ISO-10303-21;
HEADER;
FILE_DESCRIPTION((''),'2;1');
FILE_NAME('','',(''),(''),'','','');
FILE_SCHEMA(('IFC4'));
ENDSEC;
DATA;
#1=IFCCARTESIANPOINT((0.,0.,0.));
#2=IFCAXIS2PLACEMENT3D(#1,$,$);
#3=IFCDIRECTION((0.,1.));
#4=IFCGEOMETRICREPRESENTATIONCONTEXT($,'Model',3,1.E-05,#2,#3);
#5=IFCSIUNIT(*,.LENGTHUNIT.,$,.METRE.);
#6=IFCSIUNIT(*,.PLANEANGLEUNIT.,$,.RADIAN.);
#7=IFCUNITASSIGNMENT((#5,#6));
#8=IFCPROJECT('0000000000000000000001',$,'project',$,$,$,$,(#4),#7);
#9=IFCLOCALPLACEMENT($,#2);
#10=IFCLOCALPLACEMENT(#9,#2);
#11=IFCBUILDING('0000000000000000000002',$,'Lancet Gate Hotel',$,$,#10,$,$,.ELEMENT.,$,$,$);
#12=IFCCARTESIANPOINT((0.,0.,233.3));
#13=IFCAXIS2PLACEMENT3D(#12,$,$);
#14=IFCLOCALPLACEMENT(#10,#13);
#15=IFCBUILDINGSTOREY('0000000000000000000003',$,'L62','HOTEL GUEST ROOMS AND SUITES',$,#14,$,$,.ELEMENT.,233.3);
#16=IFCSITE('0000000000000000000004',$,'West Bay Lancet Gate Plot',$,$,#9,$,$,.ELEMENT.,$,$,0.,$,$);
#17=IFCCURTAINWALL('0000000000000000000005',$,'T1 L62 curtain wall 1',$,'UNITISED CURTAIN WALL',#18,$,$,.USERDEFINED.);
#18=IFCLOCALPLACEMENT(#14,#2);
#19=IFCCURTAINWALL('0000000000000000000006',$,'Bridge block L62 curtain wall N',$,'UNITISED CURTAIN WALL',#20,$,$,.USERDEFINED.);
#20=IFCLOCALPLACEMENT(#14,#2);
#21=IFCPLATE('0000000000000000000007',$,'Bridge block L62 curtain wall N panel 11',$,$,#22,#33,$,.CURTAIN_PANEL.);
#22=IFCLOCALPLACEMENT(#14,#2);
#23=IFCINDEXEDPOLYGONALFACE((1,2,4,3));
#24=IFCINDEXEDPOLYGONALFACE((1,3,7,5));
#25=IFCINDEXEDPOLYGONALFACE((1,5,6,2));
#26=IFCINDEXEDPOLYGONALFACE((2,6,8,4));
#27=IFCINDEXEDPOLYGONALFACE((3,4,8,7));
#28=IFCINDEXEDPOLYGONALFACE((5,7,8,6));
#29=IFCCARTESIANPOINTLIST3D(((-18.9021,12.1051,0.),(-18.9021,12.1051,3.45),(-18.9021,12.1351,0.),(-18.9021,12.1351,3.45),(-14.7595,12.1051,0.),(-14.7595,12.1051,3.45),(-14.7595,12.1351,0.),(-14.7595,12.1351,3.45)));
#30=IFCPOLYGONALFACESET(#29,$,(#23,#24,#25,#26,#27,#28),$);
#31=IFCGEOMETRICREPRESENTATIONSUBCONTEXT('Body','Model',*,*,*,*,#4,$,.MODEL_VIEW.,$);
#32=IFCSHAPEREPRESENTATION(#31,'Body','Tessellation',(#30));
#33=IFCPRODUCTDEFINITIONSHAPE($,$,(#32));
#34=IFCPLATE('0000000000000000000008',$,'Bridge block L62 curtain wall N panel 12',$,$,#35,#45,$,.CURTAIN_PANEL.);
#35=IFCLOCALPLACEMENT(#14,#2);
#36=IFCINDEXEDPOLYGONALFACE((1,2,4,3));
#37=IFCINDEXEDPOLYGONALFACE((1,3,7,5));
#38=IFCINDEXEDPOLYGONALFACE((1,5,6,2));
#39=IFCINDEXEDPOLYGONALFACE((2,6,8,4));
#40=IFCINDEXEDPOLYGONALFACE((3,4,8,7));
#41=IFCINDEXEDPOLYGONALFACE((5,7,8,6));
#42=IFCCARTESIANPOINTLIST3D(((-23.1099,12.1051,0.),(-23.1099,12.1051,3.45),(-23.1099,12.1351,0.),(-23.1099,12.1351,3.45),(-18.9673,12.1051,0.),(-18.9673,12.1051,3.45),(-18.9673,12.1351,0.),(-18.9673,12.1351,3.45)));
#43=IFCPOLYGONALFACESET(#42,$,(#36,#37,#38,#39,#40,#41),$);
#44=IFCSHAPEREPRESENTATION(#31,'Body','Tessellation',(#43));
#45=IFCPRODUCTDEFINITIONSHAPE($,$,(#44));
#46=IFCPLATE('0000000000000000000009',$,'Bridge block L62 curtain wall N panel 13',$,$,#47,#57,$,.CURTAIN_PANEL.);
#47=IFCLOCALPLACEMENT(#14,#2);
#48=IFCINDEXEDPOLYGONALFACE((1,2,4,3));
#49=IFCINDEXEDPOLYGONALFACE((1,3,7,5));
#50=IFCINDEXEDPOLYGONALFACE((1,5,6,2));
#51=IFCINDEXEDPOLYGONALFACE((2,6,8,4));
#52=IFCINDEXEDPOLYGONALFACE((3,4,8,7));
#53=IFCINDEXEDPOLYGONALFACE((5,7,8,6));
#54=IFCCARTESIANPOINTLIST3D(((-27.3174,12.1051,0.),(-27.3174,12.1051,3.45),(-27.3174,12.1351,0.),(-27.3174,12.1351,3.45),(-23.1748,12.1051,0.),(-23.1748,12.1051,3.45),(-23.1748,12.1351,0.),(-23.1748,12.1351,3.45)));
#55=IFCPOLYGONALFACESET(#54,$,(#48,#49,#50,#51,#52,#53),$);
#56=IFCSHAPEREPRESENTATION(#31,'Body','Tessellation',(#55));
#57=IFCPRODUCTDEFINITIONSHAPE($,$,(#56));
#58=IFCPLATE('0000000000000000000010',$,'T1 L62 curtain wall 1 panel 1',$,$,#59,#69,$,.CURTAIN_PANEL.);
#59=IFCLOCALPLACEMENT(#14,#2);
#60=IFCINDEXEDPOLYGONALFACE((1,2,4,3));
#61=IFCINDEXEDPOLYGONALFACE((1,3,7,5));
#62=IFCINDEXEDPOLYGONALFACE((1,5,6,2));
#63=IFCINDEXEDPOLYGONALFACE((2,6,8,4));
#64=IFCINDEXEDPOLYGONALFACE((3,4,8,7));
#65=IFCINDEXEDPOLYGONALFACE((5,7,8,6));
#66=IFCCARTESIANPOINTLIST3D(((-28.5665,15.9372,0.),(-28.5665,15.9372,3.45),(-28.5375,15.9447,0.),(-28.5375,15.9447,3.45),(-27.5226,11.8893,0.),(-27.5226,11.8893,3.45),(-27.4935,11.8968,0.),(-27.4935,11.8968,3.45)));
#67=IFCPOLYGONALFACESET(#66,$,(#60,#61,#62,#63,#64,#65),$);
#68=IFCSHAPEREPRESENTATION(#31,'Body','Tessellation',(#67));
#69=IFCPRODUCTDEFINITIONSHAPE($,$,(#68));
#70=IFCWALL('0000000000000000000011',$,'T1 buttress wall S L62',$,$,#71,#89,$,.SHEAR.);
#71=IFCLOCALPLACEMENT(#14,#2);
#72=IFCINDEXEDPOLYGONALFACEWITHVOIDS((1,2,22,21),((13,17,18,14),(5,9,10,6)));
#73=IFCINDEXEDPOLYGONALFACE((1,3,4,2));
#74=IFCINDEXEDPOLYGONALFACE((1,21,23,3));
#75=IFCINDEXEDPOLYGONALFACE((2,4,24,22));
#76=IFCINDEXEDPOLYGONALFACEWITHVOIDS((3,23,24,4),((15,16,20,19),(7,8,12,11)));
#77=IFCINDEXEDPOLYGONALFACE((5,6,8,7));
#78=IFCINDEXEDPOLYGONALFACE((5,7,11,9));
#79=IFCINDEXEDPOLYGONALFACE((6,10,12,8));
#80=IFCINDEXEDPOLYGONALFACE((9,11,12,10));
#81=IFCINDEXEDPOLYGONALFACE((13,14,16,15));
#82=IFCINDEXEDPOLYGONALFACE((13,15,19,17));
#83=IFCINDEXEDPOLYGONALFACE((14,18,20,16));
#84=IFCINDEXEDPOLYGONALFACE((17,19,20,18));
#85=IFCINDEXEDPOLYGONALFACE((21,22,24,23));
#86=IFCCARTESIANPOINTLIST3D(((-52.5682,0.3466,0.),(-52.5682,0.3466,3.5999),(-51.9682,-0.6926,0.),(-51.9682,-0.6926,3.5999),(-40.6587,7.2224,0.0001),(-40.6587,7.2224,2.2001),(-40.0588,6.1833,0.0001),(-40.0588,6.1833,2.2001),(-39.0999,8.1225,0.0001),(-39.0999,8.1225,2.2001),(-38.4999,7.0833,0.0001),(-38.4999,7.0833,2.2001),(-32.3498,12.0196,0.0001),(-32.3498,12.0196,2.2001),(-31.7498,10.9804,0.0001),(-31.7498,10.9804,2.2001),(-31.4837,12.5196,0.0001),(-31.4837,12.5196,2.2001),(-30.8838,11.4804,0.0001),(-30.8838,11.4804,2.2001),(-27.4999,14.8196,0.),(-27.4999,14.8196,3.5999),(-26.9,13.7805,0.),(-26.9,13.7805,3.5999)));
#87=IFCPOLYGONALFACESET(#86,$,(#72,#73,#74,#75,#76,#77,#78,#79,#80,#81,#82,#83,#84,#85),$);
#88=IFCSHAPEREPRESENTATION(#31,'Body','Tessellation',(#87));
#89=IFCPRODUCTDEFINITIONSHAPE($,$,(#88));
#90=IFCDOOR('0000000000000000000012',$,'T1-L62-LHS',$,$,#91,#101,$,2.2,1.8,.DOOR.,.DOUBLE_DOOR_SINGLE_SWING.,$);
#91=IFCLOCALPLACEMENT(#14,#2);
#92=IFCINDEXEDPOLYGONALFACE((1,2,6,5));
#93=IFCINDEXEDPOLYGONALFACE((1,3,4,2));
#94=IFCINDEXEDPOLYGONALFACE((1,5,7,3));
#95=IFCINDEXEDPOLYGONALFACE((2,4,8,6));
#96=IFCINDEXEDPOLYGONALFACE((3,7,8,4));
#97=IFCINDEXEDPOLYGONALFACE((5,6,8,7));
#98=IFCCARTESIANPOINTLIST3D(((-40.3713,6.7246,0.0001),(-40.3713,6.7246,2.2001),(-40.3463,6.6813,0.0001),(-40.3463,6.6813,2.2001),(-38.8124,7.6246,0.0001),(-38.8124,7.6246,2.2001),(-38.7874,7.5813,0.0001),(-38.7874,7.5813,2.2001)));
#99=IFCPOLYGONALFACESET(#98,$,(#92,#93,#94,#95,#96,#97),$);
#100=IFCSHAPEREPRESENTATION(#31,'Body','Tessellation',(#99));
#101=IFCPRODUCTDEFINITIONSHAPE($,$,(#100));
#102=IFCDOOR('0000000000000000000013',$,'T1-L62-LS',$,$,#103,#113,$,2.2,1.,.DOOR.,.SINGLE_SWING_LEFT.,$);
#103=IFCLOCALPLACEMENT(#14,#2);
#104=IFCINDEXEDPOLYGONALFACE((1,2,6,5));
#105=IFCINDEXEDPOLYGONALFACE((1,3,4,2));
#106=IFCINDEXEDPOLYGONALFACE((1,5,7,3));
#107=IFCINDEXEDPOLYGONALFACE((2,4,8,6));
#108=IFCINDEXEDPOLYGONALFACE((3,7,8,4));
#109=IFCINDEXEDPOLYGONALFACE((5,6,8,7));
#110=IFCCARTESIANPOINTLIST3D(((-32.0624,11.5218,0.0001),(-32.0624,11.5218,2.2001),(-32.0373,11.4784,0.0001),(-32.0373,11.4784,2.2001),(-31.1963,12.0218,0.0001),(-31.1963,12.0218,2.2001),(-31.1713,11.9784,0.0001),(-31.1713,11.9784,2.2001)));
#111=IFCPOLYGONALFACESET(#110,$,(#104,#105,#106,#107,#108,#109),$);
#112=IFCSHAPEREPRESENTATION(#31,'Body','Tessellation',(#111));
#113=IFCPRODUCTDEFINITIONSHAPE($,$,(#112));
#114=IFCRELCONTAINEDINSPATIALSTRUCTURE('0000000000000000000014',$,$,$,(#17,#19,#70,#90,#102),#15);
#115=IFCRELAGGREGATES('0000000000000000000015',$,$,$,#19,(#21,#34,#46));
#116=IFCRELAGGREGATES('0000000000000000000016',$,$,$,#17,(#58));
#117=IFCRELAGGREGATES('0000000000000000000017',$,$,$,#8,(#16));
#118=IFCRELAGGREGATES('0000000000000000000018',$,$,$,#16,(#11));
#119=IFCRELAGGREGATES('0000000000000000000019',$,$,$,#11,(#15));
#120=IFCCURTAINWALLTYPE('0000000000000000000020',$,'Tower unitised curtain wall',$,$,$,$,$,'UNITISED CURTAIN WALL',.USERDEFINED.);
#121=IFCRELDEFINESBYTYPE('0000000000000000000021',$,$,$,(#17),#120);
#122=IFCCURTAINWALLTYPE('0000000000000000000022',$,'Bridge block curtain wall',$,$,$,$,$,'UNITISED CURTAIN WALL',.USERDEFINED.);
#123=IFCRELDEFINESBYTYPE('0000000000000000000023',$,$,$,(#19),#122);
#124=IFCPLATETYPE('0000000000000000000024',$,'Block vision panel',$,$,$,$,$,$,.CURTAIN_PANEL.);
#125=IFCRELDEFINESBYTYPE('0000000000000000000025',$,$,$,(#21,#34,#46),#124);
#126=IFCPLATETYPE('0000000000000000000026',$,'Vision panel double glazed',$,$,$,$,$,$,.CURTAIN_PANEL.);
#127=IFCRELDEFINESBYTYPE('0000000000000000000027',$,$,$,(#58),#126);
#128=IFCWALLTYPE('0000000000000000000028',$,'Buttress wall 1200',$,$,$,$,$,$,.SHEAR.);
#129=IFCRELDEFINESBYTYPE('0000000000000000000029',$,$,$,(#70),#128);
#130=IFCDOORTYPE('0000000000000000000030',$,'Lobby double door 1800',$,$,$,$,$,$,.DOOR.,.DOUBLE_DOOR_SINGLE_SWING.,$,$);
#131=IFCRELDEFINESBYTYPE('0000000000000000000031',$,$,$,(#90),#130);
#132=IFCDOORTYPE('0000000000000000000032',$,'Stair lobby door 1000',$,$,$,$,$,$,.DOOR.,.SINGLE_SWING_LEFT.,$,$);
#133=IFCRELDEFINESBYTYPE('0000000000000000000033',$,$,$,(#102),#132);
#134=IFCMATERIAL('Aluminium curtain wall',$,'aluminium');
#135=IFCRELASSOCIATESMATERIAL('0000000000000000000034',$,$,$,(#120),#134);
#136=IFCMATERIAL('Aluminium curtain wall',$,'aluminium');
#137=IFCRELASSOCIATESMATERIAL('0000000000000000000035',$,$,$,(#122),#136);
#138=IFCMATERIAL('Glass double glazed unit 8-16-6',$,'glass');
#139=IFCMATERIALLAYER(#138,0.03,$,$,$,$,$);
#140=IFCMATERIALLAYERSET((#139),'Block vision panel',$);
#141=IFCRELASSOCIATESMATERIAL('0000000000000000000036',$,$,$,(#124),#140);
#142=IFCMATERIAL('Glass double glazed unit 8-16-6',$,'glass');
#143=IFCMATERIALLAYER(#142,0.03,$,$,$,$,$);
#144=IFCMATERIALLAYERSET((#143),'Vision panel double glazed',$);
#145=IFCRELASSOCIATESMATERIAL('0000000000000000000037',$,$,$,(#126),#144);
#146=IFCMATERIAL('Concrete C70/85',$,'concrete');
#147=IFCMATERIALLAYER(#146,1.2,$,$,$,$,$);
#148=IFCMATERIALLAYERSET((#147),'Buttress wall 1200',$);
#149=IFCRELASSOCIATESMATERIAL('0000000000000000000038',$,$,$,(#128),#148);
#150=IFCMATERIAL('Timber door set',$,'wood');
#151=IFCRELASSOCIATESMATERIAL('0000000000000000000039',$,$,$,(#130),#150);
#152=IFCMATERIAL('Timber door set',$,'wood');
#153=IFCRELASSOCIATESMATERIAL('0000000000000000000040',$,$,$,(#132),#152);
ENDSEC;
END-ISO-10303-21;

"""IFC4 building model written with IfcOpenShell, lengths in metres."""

from ifc_helpers import new_model, si_unit, direction, frame, frame_2d, origin, origin_2d, place, context, subcontext, project, spatial, rectangle, extrude, material, layer, layer_set, type_object, element, fill, aggregate, save


model = new_model("IFC4")

# Units and contexts
model_context = context("Model", 3, precision=1e-05, world=origin(), true_north=direction((0.0, 1.0)))
body_context = subcontext(model_context, "Body", "Model", "MODEL_VIEW")
ifc_project = project(units=[si_unit("LENGTHUNIT", "METRE"), si_unit("PLANEANGLEUNIT", "RADIAN")], contexts=[model_context])

# Site, building, storey
site_placement = place(None, origin())
site = spatial("IfcSite", under=ifc_project, at=site_placement, Name="West Bay Lancet Gate Plot", CompositionType="ELEMENT", RefElevation=0.0)
building_placement = place(site_placement, origin())
building = spatial("IfcBuilding", under=site, at=building_placement, Name="Lancet Gate Hotel", CompositionType="ELEMENT")
storey_placement = place(building_placement, frame((0.0, 0.0, 233.3)))
storey = spatial("IfcBuildingStorey", under=building, at=storey_placement, Name="L62", Description="HOTEL GUEST ROOMS AND SUITES", CompositionType="ELEMENT", Elevation=233.3)

# Curtain walls
ifc_material_1 = material(Name="Aluminium curtain wall", Category="aluminium")
curtain_wall_type_1 = type_object("IfcCurtainWallType", Name="Tower unitised curtain wall", ElementType="UNITISED CURTAIN WALL", PredefinedType="USERDEFINED", material=ifc_material_1)
curtain_wall_1_placement = place(storey_placement, origin())
curtain_wall_1 = element("IfcCurtainWall", 1, at=curtain_wall_1_placement, inside=storey, type_object=curtain_wall_type_1, Name="T1 L62 curtain wall 1", ObjectType="UNITISED CURTAIN WALL", PredefinedType="USERDEFINED")
ifc_material_2 = material(Name="Aluminium curtain wall", Category="aluminium")
curtain_wall_type_2 = type_object("IfcCurtainWallType", Name="Bridge block curtain wall", ElementType="UNITISED CURTAIN WALL", PredefinedType="USERDEFINED", material=ifc_material_2)
curtain_wall_2_placement = place(storey_placement, origin())
curtain_wall_2 = element("IfcCurtainWall", 2, at=curtain_wall_2_placement, inside=storey, type_object=curtain_wall_type_2, Name="Bridge block L62 curtain wall N", ObjectType="UNITISED CURTAIN WALL", PredefinedType="USERDEFINED")

# Plates
ifc_material_3 = material(Name="Glass double glazed unit 8-16-6", Category="glass")
ifc_layer_1 = layer(ifc_material_3, 0.03)
ifc_layer_set_1 = layer_set([ifc_layer_1], Name="Block vision panel")
plate_type_1 = type_object("IfcPlateType", Name="Block vision panel", PredefinedType="CURTAIN_PANEL", material=ifc_layer_set_1)
plate_1_placement = place(storey_placement, frame((-16.8308, 12.1201, 0.0), z_axis=(0.0, 0.0, 1.0), x_axis=(-1.0, 0.0, 0.0)))
plate_1 = element("IfcPlate", 3, at=plate_1_placement, type_object=plate_type_1, Name="Bridge block L62 curtain wall N panel 11", PredefinedType="CURTAIN_PANEL", context=body_context, shape_type="SweptSolid", body=[
    extrude(rectangle(XDim=4.1426, YDim=0.03, at=origin_2d()), origin(), (0.0, 0.0, 1.0), 3.45),
])
plate_2_placement = place(storey_placement, frame((-21.0386, 12.1201, 0.0), z_axis=(0.0, 0.0, 1.0), x_axis=(-1.0, 0.0, 0.0)))
plate_2 = element("IfcPlate", 4, at=plate_2_placement, type_object=plate_type_1, Name="Bridge block L62 curtain wall N panel 12", PredefinedType="CURTAIN_PANEL", context=body_context, shape_type="SweptSolid", body=[
    extrude(rectangle(XDim=4.1426, YDim=0.03, at=origin_2d()), origin(), (0.0, 0.0, 1.0), 3.45),
])
plate_3_placement = place(storey_placement, frame((-25.2461, 12.1201, 0.0), z_axis=(0.0, 0.0, 1.0), x_axis=(-1.0, 0.0, 0.0)))
plate_3 = element("IfcPlate", 5, at=plate_3_placement, type_object=plate_type_1, Name="Bridge block L62 curtain wall N panel 13", PredefinedType="CURTAIN_PANEL", context=body_context, shape_type="SweptSolid", body=[
    extrude(rectangle(XDim=4.1426, YDim=0.03, at=origin_2d()), origin(), (0.0, 0.0, 1.0), 3.45),
])
aggregate(curtain_wall_2, [plate_1, plate_2, plate_3])
ifc_material_4 = material(Name="Glass double glazed unit 8-16-6", Category="glass")
ifc_layer_2 = layer(ifc_material_4, 0.03)
ifc_layer_set_2 = layer_set([ifc_layer_2], Name="Vision panel double glazed")
plate_type_2 = type_object("IfcPlateType", Name="Vision panel double glazed", PredefinedType="CURTAIN_PANEL", material=ifc_layer_set_2)
plate_4_placement = place(storey_placement, frame((-28.03, 13.917, 0.0), z_axis=(0.0, 0.0, 1.0), x_axis=(-0.249726, 0.968317, 0.0)))
plate_4 = element("IfcPlate", 6, at=plate_4_placement, type_object=plate_type_2, Name="T1 L62 curtain wall 1 panel 1", PredefinedType="CURTAIN_PANEL", context=body_context, shape_type="SweptSolid", body=[
    extrude(rectangle(XDim=4.1804, YDim=0.03, at=origin_2d()), origin(), (0.0, 0.0, 1.0), 3.45),
])
aggregate(curtain_wall_1, [plate_4])

# Wall, openings, doors
ifc_material_5 = material(Name="Concrete C70/85", Category="concrete")
ifc_layer_3 = layer(ifc_material_5, 1.2)
ifc_layer_set_3 = layer_set([ifc_layer_3], Name="Buttress wall 1200")
wall_type_1 = type_object("IfcWallType", Name="Buttress wall 1200", PredefinedType="SHEAR", material=ifc_layer_set_3)
wall_1_placement = place(storey_placement, frame((-27.2, 14.3, 0.0), z_axis=(0.0, 0.0, 1.0), x_axis=(-0.866027, -0.499998, 0.0)))
wall_1 = element("IfcWall", 7, at=wall_1_placement, inside=storey, type_object=wall_type_1, Name="T1 buttress wall S L62", PredefinedType="SHEAR", context=body_context, shape_type="SweptSolid", body=[
    extrude(rectangle(XDim=28.9463, YDim=1.2, at=frame_2d((14.4731, 0.0))), origin(), (0.0, 0.0, 1.0), 3.5999),
])
opening_1_placement = place(wall_1_placement, frame((4.6001, 0.0, 0.0)))
opening_1 = element("IfcOpeningElement", 8, at=opening_1_placement, cuts=wall_1, PredefinedType="OPENING", context=body_context, shape_type="SweptSolid", body=[
    extrude(rectangle(XDim=1.0, YDim=2.2, at=frame_2d((0.5, 1.1001))), frame((0.0, 0.6099, 0.0), z_axis=(0.0, -1.0, 0.0), x_axis=(1.0, 0.0, 0.0)), (0.0, 0.0, 1.0), 1.22),
])
opening_2_placement = place(wall_1_placement, frame((13.3945, 0.0, 0.0)))
opening_2 = element("IfcOpeningElement", 9, at=opening_2_placement, cuts=wall_1, PredefinedType="OPENING", context=body_context, shape_type="SweptSolid", body=[
    extrude(rectangle(XDim=1.8, YDim=2.2, at=frame_2d((0.8999, 1.1001))), frame((0.0, 0.6099, 0.0), z_axis=(0.0, -1.0, 0.0), x_axis=(1.0, 0.0, 0.0)), (0.0, 0.0, 1.0), 1.22),
])
ifc_material_6 = material(Name="Timber door set", Category="wood")
door_type_1 = type_object("IfcDoorType", Name="Lobby double door 1800", OperationType="DOUBLE_DOOR_SINGLE_SWING", PredefinedType="DOOR", material=ifc_material_6)
door_1_placement = place(opening_2_placement, origin())
door_1 = element("IfcDoor", 10, at=door_1_placement, inside=storey, type_object=door_type_1, Name="T1-L62-LHS", OperationType="DOUBLE_DOOR_SINGLE_SWING", OverallHeight=2.2, OverallWidth=1.8, PredefinedType="DOOR", context=body_context, shape_type="SweptSolid", body=[
    extrude(rectangle(XDim=1.8, YDim=2.2, at=frame_2d((0.8999, 1.1001))), frame((0.0, 0.0249, 0.0), z_axis=(0.0, -1.0, 0.0), x_axis=(1.0, 0.0, 0.0)), (0.0, 0.0, 1.0), 0.05),
])
fill(opening_2, door_1)
ifc_material_7 = material(Name="Timber door set", Category="wood")
door_type_2 = type_object("IfcDoorType", Name="Stair lobby door 1000", OperationType="SINGLE_SWING_LEFT", PredefinedType="DOOR", material=ifc_material_7)
door_2_placement = place(opening_1_placement, origin())
door_2 = element("IfcDoor", 11, at=door_2_placement, inside=storey, type_object=door_type_2, Name="T1-L62-LS", OperationType="SINGLE_SWING_LEFT", OverallHeight=2.2, OverallWidth=1.0, PredefinedType="DOOR", context=body_context, shape_type="SweptSolid", body=[
    extrude(rectangle(XDim=1.0, YDim=2.2, at=frame_2d((0.5, 1.1001))), frame((0.0, 0.0249, 0.0), z_axis=(0.0, -1.0, 0.0), x_axis=(1.0, 0.0, 0.0)), (0.0, 0.0, 1.0), 0.05),
])
fill(opening_1, door_2)

save(model, "model.ifc")
